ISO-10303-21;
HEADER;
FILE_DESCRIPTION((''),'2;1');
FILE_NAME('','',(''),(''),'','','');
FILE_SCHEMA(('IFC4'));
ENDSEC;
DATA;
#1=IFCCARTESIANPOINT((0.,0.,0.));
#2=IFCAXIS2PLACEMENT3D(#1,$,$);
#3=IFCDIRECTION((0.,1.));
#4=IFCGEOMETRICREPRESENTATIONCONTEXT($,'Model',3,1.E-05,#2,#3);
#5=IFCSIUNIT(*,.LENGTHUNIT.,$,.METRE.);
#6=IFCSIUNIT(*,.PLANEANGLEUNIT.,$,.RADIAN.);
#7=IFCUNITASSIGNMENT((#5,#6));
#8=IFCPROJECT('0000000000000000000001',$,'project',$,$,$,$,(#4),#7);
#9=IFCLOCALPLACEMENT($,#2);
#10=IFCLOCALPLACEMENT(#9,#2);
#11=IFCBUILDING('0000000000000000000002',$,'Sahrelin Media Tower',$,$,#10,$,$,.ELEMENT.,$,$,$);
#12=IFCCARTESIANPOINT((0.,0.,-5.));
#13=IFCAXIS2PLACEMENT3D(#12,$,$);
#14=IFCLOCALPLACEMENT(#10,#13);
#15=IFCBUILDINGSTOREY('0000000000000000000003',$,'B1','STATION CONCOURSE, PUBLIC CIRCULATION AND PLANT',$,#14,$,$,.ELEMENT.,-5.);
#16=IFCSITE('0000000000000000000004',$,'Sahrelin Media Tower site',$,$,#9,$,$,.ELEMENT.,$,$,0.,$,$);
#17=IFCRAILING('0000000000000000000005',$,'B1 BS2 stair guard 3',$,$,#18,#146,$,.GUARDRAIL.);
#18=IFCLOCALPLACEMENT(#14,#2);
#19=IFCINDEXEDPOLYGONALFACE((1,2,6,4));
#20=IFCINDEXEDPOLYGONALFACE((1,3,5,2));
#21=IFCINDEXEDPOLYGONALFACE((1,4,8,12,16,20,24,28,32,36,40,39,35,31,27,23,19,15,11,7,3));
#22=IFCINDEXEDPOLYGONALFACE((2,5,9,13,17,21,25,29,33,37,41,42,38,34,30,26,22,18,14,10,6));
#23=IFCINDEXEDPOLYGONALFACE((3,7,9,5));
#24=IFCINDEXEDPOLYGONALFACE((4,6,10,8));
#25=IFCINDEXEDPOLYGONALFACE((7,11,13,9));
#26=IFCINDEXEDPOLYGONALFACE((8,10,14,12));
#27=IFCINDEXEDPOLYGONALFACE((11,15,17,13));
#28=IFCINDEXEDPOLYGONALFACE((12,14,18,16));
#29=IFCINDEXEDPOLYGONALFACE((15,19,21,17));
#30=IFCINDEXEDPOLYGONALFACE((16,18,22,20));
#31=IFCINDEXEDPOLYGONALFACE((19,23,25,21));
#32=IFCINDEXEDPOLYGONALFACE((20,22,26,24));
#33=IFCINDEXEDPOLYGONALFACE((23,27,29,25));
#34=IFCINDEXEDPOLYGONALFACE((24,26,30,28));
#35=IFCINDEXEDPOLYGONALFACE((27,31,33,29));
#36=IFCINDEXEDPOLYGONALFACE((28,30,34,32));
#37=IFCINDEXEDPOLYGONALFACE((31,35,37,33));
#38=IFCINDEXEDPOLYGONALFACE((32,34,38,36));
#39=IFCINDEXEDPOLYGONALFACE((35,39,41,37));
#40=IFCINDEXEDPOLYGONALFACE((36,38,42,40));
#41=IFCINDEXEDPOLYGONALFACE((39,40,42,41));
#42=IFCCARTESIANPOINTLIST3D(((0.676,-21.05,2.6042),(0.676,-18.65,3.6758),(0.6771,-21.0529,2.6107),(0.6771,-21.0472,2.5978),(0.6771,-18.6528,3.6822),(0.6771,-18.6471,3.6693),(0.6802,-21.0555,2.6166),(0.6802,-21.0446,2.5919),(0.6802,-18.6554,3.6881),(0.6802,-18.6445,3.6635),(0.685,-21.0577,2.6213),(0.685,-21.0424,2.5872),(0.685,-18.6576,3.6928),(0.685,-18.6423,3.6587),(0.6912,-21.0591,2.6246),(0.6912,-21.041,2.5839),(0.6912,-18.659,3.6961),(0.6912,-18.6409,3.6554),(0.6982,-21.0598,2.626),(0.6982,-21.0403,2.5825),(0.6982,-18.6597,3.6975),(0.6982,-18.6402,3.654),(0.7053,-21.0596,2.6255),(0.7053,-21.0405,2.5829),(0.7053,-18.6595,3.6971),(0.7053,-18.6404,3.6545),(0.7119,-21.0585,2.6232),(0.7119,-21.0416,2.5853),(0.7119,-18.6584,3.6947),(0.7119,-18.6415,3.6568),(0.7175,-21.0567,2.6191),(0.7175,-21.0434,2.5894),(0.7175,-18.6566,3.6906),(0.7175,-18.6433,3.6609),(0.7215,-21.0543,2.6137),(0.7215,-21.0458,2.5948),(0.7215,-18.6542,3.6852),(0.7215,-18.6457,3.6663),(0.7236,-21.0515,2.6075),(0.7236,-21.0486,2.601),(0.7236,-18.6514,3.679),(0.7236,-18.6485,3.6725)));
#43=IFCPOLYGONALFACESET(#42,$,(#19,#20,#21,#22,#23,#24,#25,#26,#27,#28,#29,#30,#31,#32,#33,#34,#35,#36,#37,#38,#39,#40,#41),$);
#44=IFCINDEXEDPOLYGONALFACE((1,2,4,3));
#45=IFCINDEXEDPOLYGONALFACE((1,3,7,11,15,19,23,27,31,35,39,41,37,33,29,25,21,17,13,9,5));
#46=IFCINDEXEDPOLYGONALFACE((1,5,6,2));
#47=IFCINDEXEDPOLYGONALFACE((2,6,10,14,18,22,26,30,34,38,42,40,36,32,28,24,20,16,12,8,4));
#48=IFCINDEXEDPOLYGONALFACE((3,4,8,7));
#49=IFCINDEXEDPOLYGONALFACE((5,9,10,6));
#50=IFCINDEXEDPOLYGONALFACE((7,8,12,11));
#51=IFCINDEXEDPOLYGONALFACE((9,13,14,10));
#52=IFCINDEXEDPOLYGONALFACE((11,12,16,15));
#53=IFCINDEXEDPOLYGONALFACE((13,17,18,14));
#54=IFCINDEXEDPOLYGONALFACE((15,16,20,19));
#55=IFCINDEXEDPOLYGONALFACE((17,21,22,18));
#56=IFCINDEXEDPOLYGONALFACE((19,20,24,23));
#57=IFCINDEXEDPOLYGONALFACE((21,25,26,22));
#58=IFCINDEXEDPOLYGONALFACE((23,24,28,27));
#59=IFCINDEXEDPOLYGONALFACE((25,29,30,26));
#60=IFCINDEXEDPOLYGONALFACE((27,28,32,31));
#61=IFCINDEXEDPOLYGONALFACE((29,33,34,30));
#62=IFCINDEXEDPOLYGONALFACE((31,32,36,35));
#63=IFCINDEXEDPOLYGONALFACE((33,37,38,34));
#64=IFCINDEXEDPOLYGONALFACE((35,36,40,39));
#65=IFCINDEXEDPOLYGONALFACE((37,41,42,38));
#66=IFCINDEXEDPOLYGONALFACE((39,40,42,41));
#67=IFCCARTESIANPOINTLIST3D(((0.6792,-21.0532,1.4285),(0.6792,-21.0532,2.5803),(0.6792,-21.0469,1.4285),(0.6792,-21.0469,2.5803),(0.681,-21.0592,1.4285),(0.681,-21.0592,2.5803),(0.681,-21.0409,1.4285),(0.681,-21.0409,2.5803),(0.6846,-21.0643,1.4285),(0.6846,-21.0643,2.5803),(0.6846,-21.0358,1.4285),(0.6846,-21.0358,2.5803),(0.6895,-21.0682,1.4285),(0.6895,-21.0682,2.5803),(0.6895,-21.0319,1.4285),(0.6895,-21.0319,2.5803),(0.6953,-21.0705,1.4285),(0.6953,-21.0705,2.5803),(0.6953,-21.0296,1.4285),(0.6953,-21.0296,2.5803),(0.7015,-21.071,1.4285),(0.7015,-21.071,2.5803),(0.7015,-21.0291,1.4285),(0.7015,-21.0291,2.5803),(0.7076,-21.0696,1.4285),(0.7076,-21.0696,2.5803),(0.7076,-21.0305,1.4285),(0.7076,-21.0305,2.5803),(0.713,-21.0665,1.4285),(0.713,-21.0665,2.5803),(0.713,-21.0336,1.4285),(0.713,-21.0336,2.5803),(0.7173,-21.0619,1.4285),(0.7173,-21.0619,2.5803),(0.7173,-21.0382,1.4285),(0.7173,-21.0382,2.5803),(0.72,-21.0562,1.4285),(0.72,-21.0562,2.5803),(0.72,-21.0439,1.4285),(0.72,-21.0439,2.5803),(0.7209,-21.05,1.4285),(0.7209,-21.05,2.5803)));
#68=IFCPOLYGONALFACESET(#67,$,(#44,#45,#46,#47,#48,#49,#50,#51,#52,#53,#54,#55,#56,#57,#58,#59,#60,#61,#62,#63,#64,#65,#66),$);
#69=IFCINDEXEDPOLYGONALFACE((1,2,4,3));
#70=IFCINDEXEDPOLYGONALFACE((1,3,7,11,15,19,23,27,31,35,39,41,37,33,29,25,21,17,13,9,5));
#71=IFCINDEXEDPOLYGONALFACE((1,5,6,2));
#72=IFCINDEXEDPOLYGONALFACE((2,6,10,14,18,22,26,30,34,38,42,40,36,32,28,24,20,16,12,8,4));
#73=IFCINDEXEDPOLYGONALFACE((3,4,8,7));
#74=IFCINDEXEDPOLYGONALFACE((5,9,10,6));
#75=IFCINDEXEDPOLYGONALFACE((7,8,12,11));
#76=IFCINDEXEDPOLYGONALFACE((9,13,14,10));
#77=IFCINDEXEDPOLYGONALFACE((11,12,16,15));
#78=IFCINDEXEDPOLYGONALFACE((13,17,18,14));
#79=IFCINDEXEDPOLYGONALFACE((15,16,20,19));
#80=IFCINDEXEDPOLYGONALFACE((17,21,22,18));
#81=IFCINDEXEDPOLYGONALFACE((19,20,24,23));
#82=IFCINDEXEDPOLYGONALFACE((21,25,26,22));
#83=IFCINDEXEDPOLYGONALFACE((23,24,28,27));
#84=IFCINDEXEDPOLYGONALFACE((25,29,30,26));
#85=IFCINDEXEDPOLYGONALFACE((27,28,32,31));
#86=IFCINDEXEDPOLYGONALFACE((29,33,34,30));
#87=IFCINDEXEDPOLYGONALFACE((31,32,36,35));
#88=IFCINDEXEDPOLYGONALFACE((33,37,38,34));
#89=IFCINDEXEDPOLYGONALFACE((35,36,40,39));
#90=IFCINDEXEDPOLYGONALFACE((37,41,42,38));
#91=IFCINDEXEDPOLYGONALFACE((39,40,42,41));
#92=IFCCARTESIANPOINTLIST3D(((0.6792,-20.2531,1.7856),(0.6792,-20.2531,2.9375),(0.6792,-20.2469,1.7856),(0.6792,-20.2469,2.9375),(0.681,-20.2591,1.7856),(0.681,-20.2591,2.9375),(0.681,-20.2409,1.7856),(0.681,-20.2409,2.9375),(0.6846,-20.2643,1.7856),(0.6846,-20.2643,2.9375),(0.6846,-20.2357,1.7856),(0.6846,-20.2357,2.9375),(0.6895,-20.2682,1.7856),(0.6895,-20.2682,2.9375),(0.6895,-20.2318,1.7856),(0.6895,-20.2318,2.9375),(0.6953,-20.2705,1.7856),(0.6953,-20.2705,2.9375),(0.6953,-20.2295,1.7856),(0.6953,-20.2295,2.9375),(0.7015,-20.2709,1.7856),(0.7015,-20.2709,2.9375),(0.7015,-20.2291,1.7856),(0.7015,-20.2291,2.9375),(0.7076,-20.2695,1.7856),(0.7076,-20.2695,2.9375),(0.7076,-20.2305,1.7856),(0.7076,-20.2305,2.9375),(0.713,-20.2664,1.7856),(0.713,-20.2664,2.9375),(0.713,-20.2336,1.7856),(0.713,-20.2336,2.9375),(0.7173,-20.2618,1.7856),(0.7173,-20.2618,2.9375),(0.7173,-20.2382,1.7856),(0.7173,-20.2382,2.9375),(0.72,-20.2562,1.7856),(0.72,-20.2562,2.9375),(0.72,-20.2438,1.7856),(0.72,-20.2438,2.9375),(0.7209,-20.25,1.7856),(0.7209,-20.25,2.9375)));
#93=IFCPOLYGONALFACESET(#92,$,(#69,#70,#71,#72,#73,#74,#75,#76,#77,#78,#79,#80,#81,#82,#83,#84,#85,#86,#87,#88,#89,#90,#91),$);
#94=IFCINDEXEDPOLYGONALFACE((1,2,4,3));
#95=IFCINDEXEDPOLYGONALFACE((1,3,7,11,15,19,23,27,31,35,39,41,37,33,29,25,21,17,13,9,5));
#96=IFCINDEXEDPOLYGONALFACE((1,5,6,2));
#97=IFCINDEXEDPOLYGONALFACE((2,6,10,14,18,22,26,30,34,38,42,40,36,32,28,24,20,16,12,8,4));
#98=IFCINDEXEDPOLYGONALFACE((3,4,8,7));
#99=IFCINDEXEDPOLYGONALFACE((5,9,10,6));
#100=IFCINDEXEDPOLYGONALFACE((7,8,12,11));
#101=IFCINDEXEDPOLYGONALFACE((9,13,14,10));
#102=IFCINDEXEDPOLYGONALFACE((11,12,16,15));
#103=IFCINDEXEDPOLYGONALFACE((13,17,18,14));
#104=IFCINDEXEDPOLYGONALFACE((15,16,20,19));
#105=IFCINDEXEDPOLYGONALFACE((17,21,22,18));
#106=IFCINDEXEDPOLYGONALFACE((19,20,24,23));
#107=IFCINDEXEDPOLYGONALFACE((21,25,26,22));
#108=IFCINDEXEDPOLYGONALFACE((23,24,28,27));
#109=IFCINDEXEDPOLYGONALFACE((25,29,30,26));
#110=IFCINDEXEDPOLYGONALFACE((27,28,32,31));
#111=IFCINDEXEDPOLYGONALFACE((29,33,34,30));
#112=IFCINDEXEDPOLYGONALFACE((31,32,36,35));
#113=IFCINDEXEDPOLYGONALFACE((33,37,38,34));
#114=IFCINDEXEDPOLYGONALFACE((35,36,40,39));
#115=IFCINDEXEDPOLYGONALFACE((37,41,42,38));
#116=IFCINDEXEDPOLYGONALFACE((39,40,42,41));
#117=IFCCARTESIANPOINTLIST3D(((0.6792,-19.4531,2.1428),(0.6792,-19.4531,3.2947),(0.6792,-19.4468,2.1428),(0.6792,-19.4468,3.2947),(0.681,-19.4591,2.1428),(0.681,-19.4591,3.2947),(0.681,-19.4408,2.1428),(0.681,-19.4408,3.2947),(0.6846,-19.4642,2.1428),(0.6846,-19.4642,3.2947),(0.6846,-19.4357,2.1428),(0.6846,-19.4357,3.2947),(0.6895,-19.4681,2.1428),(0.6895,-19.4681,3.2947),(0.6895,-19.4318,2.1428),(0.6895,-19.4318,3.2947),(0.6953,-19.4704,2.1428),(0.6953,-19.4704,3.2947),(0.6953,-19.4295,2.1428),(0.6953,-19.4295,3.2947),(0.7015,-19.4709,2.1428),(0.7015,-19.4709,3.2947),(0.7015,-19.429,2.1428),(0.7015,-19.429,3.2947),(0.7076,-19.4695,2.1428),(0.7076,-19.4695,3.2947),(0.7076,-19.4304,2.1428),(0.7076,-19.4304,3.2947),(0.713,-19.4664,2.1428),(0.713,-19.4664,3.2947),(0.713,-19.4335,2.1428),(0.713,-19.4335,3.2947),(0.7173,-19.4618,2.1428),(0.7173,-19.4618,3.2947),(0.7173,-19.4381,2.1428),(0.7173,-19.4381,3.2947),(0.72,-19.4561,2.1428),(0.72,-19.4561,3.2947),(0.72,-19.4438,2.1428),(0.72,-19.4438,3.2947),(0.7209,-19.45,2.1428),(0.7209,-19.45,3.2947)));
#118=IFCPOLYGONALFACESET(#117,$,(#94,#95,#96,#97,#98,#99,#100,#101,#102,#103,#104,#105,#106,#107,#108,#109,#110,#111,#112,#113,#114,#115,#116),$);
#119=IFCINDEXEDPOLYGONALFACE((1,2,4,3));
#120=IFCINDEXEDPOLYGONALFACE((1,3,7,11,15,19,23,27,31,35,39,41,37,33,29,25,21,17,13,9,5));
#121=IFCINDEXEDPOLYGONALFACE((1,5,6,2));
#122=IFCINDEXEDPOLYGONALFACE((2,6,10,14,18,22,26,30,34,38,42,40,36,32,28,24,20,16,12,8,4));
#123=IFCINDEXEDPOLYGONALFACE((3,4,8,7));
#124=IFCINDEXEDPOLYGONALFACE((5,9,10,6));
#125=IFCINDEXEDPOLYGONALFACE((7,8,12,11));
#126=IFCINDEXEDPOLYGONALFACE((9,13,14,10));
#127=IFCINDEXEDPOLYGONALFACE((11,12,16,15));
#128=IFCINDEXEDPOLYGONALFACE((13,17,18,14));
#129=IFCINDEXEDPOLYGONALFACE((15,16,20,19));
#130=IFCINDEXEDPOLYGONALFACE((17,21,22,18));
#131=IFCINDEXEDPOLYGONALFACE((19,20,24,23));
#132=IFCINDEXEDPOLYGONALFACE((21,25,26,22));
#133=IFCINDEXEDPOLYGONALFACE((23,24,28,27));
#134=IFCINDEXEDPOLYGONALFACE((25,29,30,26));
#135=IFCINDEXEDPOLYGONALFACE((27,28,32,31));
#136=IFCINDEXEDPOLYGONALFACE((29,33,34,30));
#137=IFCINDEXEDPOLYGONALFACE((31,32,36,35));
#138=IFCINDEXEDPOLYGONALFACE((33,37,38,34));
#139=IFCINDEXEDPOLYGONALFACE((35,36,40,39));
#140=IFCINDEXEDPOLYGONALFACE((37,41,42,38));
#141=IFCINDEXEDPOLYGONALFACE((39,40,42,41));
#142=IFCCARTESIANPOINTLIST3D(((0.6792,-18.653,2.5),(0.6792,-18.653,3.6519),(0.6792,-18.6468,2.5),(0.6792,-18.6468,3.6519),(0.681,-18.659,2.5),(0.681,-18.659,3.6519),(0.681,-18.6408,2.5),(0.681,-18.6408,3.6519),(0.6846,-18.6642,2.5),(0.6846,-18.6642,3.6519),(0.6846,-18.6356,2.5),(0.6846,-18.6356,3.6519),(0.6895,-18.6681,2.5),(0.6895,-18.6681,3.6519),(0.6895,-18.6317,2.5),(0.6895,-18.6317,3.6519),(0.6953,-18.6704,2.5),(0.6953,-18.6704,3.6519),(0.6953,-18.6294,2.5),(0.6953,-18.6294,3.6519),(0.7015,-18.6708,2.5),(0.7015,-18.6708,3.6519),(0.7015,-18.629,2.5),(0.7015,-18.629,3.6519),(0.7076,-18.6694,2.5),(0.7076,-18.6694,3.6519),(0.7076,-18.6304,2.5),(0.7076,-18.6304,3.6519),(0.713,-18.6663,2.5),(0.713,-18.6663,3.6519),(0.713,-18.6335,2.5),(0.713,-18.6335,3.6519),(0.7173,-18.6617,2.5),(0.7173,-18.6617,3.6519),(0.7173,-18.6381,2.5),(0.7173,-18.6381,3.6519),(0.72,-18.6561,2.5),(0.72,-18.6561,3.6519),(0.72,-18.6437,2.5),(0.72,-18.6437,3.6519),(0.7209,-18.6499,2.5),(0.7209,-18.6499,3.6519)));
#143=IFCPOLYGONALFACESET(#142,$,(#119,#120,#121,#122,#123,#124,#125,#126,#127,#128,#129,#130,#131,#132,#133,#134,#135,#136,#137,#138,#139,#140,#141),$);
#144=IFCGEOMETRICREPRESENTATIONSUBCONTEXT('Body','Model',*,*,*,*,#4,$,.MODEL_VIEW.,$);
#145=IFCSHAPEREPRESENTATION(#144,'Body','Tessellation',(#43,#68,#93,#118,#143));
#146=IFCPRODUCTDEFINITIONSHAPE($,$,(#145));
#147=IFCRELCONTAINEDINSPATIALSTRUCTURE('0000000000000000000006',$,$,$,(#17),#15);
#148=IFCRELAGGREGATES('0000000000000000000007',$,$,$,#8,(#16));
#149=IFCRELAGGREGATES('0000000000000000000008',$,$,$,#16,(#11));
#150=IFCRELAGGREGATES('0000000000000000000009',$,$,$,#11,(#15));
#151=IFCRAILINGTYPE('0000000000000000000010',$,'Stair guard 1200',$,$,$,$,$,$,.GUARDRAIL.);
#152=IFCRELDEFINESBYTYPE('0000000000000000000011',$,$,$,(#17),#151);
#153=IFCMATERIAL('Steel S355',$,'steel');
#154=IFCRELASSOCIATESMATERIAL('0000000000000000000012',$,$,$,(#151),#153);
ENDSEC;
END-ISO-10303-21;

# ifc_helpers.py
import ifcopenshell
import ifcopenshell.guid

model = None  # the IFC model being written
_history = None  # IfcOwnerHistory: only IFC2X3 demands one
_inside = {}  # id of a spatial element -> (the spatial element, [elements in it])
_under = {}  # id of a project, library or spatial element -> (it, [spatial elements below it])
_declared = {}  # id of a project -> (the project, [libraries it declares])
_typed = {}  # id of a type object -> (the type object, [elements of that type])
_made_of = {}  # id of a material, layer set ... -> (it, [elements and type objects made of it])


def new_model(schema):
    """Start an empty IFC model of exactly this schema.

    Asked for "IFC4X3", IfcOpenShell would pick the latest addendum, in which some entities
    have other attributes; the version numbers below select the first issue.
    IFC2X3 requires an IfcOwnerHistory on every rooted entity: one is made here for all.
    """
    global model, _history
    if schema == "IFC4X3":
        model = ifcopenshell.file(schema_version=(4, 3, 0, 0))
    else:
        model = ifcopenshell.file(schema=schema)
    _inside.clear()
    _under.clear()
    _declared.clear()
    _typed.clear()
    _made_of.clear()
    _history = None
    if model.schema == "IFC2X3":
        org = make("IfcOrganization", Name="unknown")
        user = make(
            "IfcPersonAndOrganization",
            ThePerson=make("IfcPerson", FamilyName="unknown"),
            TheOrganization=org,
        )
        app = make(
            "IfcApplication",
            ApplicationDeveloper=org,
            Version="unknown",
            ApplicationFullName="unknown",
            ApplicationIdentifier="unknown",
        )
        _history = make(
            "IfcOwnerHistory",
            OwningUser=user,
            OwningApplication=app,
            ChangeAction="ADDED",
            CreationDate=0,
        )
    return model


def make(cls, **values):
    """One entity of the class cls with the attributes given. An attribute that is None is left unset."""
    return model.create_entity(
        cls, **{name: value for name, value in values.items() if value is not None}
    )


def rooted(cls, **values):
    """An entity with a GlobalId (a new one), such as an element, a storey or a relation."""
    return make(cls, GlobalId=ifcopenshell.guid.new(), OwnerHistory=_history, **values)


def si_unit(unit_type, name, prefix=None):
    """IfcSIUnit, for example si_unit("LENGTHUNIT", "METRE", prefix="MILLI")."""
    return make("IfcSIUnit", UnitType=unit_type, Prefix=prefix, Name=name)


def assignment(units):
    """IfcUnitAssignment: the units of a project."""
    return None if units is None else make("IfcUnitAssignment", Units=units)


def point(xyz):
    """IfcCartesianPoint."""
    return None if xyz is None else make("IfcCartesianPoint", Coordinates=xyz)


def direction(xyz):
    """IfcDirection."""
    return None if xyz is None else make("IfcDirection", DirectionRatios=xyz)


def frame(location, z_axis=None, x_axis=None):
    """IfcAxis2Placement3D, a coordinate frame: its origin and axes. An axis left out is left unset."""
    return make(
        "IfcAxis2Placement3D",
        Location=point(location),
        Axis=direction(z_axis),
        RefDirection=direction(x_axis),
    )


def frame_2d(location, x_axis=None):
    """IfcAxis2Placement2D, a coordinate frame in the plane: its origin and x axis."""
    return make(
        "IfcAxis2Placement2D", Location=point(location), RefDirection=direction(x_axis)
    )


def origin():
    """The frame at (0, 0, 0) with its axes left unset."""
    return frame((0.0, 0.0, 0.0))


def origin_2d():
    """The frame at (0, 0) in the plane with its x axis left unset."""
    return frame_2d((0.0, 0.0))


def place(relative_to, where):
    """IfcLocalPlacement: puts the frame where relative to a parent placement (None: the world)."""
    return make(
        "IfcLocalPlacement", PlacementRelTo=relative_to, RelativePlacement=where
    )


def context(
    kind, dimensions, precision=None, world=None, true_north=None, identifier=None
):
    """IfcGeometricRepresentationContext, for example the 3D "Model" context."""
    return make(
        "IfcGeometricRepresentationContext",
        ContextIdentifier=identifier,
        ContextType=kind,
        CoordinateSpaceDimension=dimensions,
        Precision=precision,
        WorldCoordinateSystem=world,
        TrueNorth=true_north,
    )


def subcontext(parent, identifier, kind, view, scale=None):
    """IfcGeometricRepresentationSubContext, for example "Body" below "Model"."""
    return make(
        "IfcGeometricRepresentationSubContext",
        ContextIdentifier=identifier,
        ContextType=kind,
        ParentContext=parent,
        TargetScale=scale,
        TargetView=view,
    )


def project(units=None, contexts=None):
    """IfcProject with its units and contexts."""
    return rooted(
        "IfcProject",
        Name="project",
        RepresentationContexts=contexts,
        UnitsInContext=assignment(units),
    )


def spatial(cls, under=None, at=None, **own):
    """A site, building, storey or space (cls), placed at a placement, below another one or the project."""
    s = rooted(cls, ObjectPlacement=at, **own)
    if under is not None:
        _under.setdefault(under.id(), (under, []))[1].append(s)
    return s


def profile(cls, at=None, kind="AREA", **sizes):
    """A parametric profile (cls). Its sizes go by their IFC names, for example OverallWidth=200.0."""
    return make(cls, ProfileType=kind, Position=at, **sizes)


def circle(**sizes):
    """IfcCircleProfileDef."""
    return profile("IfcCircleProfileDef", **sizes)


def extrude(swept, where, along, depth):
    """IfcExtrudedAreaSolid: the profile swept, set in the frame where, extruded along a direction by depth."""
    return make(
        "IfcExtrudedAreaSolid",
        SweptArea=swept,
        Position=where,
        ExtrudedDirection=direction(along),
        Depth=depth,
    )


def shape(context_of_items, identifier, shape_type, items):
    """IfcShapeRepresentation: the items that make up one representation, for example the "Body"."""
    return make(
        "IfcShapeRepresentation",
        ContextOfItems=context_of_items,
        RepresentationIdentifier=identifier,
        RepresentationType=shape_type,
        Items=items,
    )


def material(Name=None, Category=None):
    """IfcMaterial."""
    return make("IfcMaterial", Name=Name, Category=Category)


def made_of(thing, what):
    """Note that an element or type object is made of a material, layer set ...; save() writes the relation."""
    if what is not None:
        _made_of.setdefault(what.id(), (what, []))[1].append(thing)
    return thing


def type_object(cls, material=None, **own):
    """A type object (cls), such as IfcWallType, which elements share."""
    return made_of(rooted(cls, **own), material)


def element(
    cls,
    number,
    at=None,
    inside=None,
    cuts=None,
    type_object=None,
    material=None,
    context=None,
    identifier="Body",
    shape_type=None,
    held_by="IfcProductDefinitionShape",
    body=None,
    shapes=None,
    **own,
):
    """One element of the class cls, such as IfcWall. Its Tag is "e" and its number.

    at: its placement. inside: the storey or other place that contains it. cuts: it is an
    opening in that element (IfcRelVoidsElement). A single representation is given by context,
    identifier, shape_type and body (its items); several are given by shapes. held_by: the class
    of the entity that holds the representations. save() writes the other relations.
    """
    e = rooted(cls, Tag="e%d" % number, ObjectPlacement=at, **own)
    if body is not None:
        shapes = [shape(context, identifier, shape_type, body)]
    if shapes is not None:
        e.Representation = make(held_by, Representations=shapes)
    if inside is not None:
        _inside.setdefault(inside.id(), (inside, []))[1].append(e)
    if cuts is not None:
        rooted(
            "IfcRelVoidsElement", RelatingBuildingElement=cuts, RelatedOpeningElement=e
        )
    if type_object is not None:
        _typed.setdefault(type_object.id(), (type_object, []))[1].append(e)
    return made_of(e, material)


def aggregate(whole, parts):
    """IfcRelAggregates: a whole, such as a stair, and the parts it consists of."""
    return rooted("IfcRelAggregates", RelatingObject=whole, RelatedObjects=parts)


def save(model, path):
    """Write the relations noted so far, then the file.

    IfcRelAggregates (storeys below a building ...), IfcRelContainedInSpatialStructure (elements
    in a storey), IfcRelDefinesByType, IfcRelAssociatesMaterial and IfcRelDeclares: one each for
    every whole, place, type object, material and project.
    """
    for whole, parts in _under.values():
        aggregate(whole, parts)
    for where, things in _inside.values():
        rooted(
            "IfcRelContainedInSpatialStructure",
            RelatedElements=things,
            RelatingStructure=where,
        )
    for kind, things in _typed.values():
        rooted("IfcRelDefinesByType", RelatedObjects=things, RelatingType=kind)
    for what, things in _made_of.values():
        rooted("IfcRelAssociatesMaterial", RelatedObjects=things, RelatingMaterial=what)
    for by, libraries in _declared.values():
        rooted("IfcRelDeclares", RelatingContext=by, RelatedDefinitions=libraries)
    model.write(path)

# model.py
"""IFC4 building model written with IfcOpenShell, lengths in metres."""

from ifc_helpers import new_model, si_unit, direction, frame, origin, origin_2d, place, context, subcontext, project, spatial, circle, extrude, material, type_object, element, save


model = new_model("IFC4")

# Units and contexts
model_context = context("Model", 3, precision=1e-05, world=origin(), true_north=direction((0.0, 1.0)))
body_context = subcontext(model_context, "Body", "Model", "MODEL_VIEW")
ifc_project = project(units=[si_unit("LENGTHUNIT", "METRE"), si_unit("PLANEANGLEUNIT", "RADIAN")], contexts=[model_context])

# Site, building, storey
site_placement = place(None, origin())
site = spatial("IfcSite", under=ifc_project, at=site_placement, Name="Sahrelin Media Tower site", CompositionType="ELEMENT", RefElevation=0.0)
building_placement = place(site_placement, origin())
building = spatial("IfcBuilding", under=site, at=building_placement, Name="Sahrelin Media Tower", CompositionType="ELEMENT")
storey_placement = place(building_placement, frame((0.0, 0.0, -5.0)))
storey = spatial("IfcBuildingStorey", under=building, at=storey_placement, Name="B1", Description="STATION CONCOURSE, PUBLIC CIRCULATION AND PLANT", CompositionType="ELEMENT", Elevation=-5.0)

# Railing
ifc_material_1 = material(Name="Steel S355", Category="steel")
railing_type_1 = type_object("IfcRailingType", Name="Stair guard 1200", PredefinedType="GUARDRAIL", material=ifc_material_1)
for number, where, name in (
    (1, (0.7, -21.05, 1.4285), "B1 BS2 stair guard 3"),
):
    element("IfcRailing", number, at=place(storey_placement, frame(where)), inside=storey, type_object=railing_type_1, Name=name, PredefinedType="GUARDRAIL", context=body_context, shape_type="SweptSolid", body=[
        extrude(circle(Radius=0.0239, at=origin_2d()), frame((0.0, 0.0, 1.1758), z_axis=(0.0, 0.913132, 0.407663), x_axis=(-1.0, 0.0, 0.0)), (0.0, 0.0, 1.0), 2.6284),
        extrude(circle(Radius=0.021, at=origin_2d()), origin(), (0.0, 0.0, 1.0), 1.1519),
        extrude(circle(Radius=0.021, at=origin_2d()), frame((0.0, 0.8, 0.3572)), (0.0, 0.0, 1.0), 1.1519),
        extrude(circle(Radius=0.021, at=origin_2d()), frame((0.0, 1.6001, 0.7144)), (0.0, 0.0, 1.0), 1.1519),
        extrude(circle(Radius=0.021, at=origin_2d()), frame((0.0, 2.4001, 1.0715)), (0.0, 0.0, 1.0), 1.1519),
    ])

save(model, "model.ifc")
